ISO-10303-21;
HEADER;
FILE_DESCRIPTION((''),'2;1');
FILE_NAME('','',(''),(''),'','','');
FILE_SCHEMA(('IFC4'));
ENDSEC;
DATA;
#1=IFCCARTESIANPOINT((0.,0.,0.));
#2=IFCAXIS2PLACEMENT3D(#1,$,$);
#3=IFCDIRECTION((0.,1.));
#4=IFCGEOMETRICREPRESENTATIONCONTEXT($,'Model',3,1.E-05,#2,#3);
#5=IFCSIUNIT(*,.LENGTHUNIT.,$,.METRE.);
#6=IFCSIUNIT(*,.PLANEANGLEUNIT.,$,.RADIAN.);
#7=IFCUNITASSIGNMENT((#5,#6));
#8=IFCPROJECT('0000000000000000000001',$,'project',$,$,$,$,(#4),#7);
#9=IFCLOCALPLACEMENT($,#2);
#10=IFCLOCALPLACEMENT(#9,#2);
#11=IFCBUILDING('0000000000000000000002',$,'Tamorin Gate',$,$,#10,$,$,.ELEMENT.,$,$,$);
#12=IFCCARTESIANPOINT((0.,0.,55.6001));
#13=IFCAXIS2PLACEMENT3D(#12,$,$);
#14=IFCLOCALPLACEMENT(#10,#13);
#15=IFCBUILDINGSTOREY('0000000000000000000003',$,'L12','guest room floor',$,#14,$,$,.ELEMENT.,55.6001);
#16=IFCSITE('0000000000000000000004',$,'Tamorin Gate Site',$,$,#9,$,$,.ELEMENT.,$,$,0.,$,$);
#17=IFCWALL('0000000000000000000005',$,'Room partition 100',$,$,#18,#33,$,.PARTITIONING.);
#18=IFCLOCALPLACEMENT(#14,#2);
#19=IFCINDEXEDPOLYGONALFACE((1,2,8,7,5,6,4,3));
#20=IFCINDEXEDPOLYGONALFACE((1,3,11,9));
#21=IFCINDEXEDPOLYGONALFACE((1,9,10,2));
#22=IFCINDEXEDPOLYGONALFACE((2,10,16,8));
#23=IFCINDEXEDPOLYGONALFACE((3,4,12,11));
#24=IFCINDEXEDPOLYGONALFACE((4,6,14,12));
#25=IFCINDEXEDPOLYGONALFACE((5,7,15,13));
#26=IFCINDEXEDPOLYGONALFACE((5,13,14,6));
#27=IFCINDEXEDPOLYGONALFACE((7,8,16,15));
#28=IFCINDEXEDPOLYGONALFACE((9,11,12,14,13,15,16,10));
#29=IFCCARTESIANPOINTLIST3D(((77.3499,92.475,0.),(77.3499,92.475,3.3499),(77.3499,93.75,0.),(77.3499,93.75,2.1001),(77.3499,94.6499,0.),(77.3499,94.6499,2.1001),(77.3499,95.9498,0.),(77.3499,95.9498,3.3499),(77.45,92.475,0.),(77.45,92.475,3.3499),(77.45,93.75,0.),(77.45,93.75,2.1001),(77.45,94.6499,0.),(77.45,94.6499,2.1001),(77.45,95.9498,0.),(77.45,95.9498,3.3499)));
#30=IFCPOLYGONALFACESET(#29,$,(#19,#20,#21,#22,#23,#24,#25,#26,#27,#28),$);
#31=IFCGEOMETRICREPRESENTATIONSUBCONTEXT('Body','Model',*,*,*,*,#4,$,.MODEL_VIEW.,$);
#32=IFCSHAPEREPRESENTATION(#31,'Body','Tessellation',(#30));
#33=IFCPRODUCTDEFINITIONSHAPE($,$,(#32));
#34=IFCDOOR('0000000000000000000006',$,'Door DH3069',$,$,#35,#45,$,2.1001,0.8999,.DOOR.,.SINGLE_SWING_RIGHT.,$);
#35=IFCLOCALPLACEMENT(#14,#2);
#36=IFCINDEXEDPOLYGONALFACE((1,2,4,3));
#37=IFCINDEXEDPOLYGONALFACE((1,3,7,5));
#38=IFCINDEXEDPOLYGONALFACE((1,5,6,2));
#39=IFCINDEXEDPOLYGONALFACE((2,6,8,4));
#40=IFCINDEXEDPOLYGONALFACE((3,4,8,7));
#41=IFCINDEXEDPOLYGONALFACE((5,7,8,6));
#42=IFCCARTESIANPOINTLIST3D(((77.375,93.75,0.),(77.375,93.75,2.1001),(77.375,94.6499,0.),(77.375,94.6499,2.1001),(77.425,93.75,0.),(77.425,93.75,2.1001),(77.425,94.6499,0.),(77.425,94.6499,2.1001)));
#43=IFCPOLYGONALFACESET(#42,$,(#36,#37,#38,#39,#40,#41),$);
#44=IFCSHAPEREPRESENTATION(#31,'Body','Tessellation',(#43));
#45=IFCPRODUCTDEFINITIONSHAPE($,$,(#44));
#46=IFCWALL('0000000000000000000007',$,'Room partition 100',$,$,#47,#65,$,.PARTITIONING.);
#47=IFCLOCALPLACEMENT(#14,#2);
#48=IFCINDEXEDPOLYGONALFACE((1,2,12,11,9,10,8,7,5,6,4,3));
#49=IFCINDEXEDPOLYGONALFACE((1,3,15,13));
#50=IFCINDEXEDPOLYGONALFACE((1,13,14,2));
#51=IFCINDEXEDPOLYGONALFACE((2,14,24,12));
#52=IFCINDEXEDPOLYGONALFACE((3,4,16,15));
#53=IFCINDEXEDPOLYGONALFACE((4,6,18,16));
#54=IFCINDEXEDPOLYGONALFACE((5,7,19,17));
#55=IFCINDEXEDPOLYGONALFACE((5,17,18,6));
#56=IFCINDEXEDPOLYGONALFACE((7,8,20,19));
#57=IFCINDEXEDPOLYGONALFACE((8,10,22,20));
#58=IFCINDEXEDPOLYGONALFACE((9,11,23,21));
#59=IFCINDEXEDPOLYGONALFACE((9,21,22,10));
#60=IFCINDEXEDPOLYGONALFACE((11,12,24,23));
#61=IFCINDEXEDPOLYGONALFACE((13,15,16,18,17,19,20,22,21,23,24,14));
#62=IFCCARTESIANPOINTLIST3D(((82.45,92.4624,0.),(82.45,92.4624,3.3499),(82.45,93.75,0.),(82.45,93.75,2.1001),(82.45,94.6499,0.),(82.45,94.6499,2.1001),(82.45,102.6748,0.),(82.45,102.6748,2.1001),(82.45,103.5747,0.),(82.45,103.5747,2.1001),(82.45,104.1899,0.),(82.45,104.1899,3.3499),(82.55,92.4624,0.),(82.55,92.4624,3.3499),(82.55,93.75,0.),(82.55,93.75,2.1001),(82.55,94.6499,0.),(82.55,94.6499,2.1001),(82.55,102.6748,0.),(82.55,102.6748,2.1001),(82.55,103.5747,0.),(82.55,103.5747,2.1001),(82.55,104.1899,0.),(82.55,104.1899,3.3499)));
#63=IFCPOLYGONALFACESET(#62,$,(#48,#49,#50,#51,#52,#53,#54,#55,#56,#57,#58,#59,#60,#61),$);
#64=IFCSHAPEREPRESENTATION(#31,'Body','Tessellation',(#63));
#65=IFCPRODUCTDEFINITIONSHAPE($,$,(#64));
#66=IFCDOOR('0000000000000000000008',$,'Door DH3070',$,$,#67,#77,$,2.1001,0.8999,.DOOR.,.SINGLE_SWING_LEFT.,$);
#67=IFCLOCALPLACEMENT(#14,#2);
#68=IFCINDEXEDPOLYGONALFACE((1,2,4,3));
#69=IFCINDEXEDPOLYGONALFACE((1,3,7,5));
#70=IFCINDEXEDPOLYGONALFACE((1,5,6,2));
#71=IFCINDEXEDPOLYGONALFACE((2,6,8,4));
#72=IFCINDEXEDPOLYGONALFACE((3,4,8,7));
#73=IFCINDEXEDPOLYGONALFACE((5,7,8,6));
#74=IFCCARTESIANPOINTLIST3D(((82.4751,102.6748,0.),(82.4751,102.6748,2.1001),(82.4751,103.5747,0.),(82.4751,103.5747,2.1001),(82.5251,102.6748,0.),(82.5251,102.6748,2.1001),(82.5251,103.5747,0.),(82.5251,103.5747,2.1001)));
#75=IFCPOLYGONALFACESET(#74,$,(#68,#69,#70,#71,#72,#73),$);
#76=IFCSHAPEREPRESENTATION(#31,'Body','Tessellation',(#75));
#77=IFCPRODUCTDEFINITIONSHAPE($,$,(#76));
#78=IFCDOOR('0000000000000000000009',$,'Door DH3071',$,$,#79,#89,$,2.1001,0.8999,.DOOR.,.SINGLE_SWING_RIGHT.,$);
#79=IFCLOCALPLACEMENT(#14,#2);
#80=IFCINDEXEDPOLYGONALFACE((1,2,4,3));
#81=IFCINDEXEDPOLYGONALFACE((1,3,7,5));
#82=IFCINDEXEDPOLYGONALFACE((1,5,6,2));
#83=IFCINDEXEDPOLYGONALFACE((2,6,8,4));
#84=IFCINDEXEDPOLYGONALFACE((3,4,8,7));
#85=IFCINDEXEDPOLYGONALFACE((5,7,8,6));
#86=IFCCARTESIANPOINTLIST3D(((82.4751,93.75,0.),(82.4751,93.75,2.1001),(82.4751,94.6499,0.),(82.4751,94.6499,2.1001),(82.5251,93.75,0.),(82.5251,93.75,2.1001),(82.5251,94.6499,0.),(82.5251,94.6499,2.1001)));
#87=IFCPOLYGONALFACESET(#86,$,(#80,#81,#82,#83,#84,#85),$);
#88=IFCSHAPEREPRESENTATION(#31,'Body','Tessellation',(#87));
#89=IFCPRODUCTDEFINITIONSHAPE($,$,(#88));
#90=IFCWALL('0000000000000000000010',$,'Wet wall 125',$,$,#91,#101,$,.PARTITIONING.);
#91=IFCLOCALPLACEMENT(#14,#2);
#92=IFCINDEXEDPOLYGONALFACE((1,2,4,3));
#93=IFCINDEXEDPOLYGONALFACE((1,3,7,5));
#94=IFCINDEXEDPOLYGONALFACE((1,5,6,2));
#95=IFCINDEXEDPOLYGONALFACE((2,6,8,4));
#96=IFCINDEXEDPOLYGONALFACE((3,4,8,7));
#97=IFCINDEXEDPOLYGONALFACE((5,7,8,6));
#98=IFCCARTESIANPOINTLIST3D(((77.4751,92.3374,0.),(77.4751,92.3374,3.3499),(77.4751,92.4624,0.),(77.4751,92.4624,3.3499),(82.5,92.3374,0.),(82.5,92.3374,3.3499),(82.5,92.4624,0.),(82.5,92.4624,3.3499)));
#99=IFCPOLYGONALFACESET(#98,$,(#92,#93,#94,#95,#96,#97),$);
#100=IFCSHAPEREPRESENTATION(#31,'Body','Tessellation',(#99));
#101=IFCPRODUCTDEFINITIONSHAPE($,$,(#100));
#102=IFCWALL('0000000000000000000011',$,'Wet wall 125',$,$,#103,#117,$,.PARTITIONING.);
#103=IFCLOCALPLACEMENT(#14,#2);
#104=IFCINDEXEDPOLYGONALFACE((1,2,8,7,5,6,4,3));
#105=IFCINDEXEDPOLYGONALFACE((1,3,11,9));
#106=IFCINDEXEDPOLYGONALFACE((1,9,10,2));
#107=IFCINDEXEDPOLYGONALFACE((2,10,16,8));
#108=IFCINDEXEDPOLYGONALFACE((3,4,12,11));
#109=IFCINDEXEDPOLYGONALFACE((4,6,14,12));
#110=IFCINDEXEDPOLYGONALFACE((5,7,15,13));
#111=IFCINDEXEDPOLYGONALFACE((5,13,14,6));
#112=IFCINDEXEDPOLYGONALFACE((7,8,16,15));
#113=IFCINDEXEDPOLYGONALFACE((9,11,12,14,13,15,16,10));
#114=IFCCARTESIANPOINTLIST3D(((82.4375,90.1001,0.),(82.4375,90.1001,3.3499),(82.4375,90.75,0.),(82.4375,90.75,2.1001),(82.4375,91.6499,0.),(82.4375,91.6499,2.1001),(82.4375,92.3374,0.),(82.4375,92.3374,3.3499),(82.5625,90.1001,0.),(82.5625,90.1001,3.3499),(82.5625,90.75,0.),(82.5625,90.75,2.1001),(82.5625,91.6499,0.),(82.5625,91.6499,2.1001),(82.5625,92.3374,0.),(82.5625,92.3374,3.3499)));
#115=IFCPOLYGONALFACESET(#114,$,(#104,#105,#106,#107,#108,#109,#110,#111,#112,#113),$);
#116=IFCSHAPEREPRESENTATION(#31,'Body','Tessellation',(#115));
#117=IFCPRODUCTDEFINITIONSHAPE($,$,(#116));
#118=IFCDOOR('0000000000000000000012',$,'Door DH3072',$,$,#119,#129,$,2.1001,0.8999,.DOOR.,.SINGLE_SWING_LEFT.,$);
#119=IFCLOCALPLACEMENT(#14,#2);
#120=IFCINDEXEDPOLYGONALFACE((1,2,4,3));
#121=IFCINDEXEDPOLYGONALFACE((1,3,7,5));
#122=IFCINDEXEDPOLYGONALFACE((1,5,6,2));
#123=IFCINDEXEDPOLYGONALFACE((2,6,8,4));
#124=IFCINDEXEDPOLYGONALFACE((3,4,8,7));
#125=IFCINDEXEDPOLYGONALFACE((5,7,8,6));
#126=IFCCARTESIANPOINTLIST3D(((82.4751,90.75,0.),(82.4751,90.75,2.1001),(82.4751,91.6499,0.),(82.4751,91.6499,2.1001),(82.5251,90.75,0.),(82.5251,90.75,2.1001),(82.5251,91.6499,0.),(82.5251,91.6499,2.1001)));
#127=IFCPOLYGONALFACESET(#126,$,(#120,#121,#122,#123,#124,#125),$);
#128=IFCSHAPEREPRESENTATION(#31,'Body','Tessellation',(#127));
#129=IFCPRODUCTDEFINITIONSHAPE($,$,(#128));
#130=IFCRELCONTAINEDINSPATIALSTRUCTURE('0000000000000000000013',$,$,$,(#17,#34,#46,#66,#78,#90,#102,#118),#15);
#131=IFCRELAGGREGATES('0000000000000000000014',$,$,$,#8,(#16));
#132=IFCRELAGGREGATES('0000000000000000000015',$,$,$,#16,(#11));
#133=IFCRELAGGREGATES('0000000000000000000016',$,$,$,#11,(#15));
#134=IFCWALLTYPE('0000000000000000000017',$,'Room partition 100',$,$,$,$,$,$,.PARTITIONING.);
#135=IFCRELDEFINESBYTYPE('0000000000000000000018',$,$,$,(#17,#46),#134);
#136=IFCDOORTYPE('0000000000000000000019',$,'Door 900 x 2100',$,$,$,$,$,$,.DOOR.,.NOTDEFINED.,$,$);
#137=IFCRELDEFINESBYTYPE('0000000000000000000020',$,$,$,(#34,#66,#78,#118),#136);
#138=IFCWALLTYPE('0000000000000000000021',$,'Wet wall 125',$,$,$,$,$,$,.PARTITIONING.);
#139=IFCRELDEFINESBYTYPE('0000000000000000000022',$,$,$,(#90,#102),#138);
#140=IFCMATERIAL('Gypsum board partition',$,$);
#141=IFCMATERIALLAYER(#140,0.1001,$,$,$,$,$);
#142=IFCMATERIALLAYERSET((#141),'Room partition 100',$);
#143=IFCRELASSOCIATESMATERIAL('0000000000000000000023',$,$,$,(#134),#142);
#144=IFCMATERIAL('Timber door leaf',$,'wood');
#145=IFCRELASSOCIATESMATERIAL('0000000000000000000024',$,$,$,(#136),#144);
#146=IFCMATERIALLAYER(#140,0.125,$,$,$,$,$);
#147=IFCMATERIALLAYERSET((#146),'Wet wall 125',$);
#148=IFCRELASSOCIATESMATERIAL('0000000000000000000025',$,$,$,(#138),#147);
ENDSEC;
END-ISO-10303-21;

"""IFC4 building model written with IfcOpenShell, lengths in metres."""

from ifc_helpers import new_model, si_unit, direction, frame, frame_2d, origin, place, context, subcontext, project, spatial, rectangle, extrude, material, layer, layer_set, type_object, element, fill, save


model = new_model("IFC4")

# Units and contexts
model_context = context("Model", 3, precision=1e-05, world=origin(), true_north=direction((0.0, 1.0)))
body_context = subcontext(model_context, "Body", "Model", "MODEL_VIEW")
ifc_project = project(units=[si_unit("LENGTHUNIT", "METRE"), si_unit("PLANEANGLEUNIT", "RADIAN")], contexts=[model_context])

# Site, building, storey
site_placement = place(None, origin())
site = spatial("IfcSite", under=ifc_project, at=site_placement, Name="Tamorin Gate Site", CompositionType="ELEMENT", RefElevation=0.0)
building_placement = place(site_placement, origin())
building = spatial("IfcBuilding", under=site, at=building_placement, Name="Tamorin Gate", CompositionType="ELEMENT")
storey_placement = place(building_placement, frame((0.0, 0.0, 55.6001)))
storey = spatial("IfcBuildingStorey", under=building, at=storey_placement, Name="L12", Description="guest room floor", CompositionType="ELEMENT", Elevation=55.6001)

# Shared definitions
ifc_material_1 = material(Name="Gypsum board partition")

# Wall, opening, door
ifc_layer_1 = layer(ifc_material_1, 0.1001)
ifc_layer_set_1 = layer_set([ifc_layer_1], Name="Room partition 100")
wall_type_1 = type_object("IfcWallType", Name="Room partition 100", PredefinedType="PARTITIONING", material=ifc_layer_set_1)
ifc_material_2 = material(Name="Timber door leaf", Category="wood")
door_type = type_object("IfcDoorType", Name="Door 900 x 2100", OperationType="NOTDEFINED", PredefinedType="DOOR", material=ifc_material_2)
wall_1_placement = place(storey_placement, frame((77.3999, 92.4751, 0.0), z_axis=(0.0, 0.0, 1.0), x_axis=(0.0, 1.0, 0.0)))
wall_1 = element("IfcWall", 1, at=wall_1_placement, inside=storey, type_object=wall_type_1, Name="Room partition 100", PredefinedType="PARTITIONING", context=body_context, shape_type="SweptSolid", body=[
    extrude(rectangle(XDim=3.4749, YDim=0.1001, at=frame_2d((1.7373, 0.0))), origin(), (0.0, 0.0, 1.0), 3.3499),
])
opening_1_placement = place(wall_1_placement, frame((1.2749, 0.0, 0.0)))
opening_1 = element("IfcOpeningElement", 2, at=opening_1_placement, cuts=wall_1, PredefinedType="OPENING", context=body_context, shape_type="SweptSolid", body=[
    extrude(rectangle(XDim=0.8999, YDim=2.1001, at=frame_2d((0.45, 1.05))), frame((0.0, 0.0601, 0.0), z_axis=(0.0, -1.0, 0.0), x_axis=(1.0, 0.0, 0.0)), (0.0, 0.0, 1.0), 0.1201),
])
door_1_placement = place(opening_1_placement, origin())
door_1 = element("IfcDoor", 3, at=door_1_placement, inside=storey, type_object=door_type, Name="Door DH3069", OperationType="SINGLE_SWING_RIGHT", OverallHeight=2.1001, OverallWidth=0.8999, PredefinedType="DOOR", context=body_context, shape_type="SweptSolid", body=[
    extrude(rectangle(XDim=0.8999, YDim=2.1001, at=frame_2d((0.45, 1.05))), frame((0.0, 0.0249, 0.0), z_axis=(0.0, -1.0, 0.0), x_axis=(1.0, 0.0, 0.0)), (0.0, 0.0, 1.0), 0.05),
])
fill(opening_1, door_1)

# Wall, openings, doors
wall_2_placement = place(storey_placement, frame((82.5, 92.4624, 0.0), z_axis=(0.0, 0.0, 1.0), x_axis=(0.0, 1.0, 0.0)))
wall_2 = element("IfcWall", 4, at=wall_2_placement, inside=storey, type_object=wall_type_1, Name="Room partition 100", PredefinedType="PARTITIONING", context=body_context, shape_type="SweptSolid", body=[
    extrude(rectangle(XDim=11.7275, YDim=0.1001, at=frame_2d((5.8638, 0.0))), origin(), (0.0, 0.0, 1.0), 3.3499),
])
opening_2_placement = place(wall_2_placement, frame((10.2124, 0.0, 0.0)))
opening_2 = element("IfcOpeningElement", 5, at=opening_2_placement, cuts=wall_2, PredefinedType="OPENING", context=body_context, shape_type="SweptSolid", body=[
    extrude(rectangle(XDim=0.8999, YDim=2.1001, at=frame_2d((0.45, 1.05))), frame((0.0, 0.0601, 0.0), z_axis=(0.0, -1.0, 0.0), x_axis=(1.0, 0.0, 0.0)), (0.0, 0.0, 1.0), 0.1201),
])
opening_3_placement = place(wall_2_placement, frame((1.2876, 0.0, 0.0)))
opening_3 = element("IfcOpeningElement", 6, at=opening_3_placement, cuts=wall_2, PredefinedType="OPENING", context=body_context, shape_type="SweptSolid", body=[
    extrude(rectangle(XDim=0.8999, YDim=2.1001, at=frame_2d((0.45, 1.05))), frame((0.0, 0.0601, 0.0), z_axis=(0.0, -1.0, 0.0), x_axis=(1.0, 0.0, 0.0)), (0.0, 0.0, 1.0), 0.1201),
])
door_2_placement = place(opening_2_placement, origin())
door_2 = element("IfcDoor", 7, at=door_2_placement, inside=storey, type_object=door_type, Name="Door DH3070", OperationType="SINGLE_SWING_LEFT", OverallHeight=2.1001, OverallWidth=0.8999, PredefinedType="DOOR", context=body_context, shape_type="SweptSolid", body=[
    extrude(rectangle(XDim=0.8999, YDim=2.1001, at=frame_2d((0.45, 1.05))), frame((0.0, 0.0249, 0.0), z_axis=(0.0, -1.0, 0.0), x_axis=(1.0, 0.0, 0.0)), (0.0, 0.0, 1.0), 0.05),
])
fill(opening_2, door_2)
door_3_placement = place(opening_3_placement, origin())
door_3 = element("IfcDoor", 8, at=door_3_placement, inside=storey, type_object=door_type, Name="Door DH3071", OperationType="SINGLE_SWING_RIGHT", OverallHeight=2.1001, OverallWidth=0.8999, PredefinedType="DOOR", context=body_context, shape_type="SweptSolid", body=[
    extrude(rectangle(XDim=0.8999, YDim=2.1001, at=frame_2d((0.45, 1.05))), frame((0.0, 0.0249, 0.0), z_axis=(0.0, -1.0, 0.0), x_axis=(1.0, 0.0, 0.0)), (0.0, 0.0, 1.0), 0.05),
])
fill(opening_3, door_3)

# Wall
ifc_layer_2 = layer(ifc_material_1, 0.125)
ifc_layer_set_2 = layer_set([ifc_layer_2], Name="Wet wall 125")
wall_type_2 = type_object("IfcWallType", Name="Wet wall 125", PredefinedType="PARTITIONING", material=ifc_layer_set_2)
wall_3_placement = place(storey_placement, frame((77.4751, 92.3999, 0.0), z_axis=(0.0, 0.0, 1.0), x_axis=(1.0, 0.0, 0.0)))
element("IfcWall", 9, at=wall_3_placement, inside=storey, type_object=wall_type_2, Name="Wet wall 125", PredefinedType="PARTITIONING", context=body_context, shape_type="SweptSolid", body=[
    extrude(rectangle(XDim=5.0249, YDim=0.125, at=frame_2d((2.5125, 0.0))), origin(), (0.0, 0.0, 1.0), 3.3499),
])

# Wall, opening, door
wall_4_placement = place(storey_placement, frame((82.5, 90.1001, 0.0), z_axis=(0.0, 0.0, 1.0), x_axis=(0.0, 1.0, 0.0)))
wall_4 = element("IfcWall", 10, at=wall_4_placement, inside=storey, type_object=wall_type_2, Name="Wet wall 125", PredefinedType="PARTITIONING", context=body_context, shape_type="SweptSolid", body=[
    extrude(rectangle(XDim=2.2373, YDim=0.125, at=frame_2d((1.1187, 0.0))), origin(), (0.0, 0.0, 1.0), 3.3499),
])
opening_4_placement = place(wall_4_placement, frame((0.6499, 0.0, 0.0)))
opening_4 = element("IfcOpeningElement", 11, at=opening_4_placement, cuts=wall_4, PredefinedType="OPENING", context=body_context, shape_type="SweptSolid", body=[
    extrude(rectangle(XDim=0.8999, YDim=2.1001, at=frame_2d((0.45, 1.05))), frame((0.0, 0.0725, 0.0), z_axis=(0.0, -1.0, 0.0), x_axis=(1.0, 0.0, 0.0)), (0.0, 0.0, 1.0), 0.145),
])
door_4_placement = place(opening_4_placement, origin())
door_4 = element("IfcDoor", 12, at=door_4_placement, inside=storey, type_object=door_type, Name="Door DH3072", OperationType="SINGLE_SWING_LEFT", OverallHeight=2.1001, OverallWidth=0.8999, PredefinedType="DOOR", context=body_context, shape_type="SweptSolid", body=[
    extrude(rectangle(XDim=0.8999, YDim=2.1001, at=frame_2d((0.45, 1.05))), frame((0.0, 0.0249, 0.0), z_axis=(0.0, -1.0, 0.0), x_axis=(1.0, 0.0, 0.0)), (0.0, 0.0, 1.0), 0.05),
])
fill(opening_4, door_4)

save(model, "model.ifc")
